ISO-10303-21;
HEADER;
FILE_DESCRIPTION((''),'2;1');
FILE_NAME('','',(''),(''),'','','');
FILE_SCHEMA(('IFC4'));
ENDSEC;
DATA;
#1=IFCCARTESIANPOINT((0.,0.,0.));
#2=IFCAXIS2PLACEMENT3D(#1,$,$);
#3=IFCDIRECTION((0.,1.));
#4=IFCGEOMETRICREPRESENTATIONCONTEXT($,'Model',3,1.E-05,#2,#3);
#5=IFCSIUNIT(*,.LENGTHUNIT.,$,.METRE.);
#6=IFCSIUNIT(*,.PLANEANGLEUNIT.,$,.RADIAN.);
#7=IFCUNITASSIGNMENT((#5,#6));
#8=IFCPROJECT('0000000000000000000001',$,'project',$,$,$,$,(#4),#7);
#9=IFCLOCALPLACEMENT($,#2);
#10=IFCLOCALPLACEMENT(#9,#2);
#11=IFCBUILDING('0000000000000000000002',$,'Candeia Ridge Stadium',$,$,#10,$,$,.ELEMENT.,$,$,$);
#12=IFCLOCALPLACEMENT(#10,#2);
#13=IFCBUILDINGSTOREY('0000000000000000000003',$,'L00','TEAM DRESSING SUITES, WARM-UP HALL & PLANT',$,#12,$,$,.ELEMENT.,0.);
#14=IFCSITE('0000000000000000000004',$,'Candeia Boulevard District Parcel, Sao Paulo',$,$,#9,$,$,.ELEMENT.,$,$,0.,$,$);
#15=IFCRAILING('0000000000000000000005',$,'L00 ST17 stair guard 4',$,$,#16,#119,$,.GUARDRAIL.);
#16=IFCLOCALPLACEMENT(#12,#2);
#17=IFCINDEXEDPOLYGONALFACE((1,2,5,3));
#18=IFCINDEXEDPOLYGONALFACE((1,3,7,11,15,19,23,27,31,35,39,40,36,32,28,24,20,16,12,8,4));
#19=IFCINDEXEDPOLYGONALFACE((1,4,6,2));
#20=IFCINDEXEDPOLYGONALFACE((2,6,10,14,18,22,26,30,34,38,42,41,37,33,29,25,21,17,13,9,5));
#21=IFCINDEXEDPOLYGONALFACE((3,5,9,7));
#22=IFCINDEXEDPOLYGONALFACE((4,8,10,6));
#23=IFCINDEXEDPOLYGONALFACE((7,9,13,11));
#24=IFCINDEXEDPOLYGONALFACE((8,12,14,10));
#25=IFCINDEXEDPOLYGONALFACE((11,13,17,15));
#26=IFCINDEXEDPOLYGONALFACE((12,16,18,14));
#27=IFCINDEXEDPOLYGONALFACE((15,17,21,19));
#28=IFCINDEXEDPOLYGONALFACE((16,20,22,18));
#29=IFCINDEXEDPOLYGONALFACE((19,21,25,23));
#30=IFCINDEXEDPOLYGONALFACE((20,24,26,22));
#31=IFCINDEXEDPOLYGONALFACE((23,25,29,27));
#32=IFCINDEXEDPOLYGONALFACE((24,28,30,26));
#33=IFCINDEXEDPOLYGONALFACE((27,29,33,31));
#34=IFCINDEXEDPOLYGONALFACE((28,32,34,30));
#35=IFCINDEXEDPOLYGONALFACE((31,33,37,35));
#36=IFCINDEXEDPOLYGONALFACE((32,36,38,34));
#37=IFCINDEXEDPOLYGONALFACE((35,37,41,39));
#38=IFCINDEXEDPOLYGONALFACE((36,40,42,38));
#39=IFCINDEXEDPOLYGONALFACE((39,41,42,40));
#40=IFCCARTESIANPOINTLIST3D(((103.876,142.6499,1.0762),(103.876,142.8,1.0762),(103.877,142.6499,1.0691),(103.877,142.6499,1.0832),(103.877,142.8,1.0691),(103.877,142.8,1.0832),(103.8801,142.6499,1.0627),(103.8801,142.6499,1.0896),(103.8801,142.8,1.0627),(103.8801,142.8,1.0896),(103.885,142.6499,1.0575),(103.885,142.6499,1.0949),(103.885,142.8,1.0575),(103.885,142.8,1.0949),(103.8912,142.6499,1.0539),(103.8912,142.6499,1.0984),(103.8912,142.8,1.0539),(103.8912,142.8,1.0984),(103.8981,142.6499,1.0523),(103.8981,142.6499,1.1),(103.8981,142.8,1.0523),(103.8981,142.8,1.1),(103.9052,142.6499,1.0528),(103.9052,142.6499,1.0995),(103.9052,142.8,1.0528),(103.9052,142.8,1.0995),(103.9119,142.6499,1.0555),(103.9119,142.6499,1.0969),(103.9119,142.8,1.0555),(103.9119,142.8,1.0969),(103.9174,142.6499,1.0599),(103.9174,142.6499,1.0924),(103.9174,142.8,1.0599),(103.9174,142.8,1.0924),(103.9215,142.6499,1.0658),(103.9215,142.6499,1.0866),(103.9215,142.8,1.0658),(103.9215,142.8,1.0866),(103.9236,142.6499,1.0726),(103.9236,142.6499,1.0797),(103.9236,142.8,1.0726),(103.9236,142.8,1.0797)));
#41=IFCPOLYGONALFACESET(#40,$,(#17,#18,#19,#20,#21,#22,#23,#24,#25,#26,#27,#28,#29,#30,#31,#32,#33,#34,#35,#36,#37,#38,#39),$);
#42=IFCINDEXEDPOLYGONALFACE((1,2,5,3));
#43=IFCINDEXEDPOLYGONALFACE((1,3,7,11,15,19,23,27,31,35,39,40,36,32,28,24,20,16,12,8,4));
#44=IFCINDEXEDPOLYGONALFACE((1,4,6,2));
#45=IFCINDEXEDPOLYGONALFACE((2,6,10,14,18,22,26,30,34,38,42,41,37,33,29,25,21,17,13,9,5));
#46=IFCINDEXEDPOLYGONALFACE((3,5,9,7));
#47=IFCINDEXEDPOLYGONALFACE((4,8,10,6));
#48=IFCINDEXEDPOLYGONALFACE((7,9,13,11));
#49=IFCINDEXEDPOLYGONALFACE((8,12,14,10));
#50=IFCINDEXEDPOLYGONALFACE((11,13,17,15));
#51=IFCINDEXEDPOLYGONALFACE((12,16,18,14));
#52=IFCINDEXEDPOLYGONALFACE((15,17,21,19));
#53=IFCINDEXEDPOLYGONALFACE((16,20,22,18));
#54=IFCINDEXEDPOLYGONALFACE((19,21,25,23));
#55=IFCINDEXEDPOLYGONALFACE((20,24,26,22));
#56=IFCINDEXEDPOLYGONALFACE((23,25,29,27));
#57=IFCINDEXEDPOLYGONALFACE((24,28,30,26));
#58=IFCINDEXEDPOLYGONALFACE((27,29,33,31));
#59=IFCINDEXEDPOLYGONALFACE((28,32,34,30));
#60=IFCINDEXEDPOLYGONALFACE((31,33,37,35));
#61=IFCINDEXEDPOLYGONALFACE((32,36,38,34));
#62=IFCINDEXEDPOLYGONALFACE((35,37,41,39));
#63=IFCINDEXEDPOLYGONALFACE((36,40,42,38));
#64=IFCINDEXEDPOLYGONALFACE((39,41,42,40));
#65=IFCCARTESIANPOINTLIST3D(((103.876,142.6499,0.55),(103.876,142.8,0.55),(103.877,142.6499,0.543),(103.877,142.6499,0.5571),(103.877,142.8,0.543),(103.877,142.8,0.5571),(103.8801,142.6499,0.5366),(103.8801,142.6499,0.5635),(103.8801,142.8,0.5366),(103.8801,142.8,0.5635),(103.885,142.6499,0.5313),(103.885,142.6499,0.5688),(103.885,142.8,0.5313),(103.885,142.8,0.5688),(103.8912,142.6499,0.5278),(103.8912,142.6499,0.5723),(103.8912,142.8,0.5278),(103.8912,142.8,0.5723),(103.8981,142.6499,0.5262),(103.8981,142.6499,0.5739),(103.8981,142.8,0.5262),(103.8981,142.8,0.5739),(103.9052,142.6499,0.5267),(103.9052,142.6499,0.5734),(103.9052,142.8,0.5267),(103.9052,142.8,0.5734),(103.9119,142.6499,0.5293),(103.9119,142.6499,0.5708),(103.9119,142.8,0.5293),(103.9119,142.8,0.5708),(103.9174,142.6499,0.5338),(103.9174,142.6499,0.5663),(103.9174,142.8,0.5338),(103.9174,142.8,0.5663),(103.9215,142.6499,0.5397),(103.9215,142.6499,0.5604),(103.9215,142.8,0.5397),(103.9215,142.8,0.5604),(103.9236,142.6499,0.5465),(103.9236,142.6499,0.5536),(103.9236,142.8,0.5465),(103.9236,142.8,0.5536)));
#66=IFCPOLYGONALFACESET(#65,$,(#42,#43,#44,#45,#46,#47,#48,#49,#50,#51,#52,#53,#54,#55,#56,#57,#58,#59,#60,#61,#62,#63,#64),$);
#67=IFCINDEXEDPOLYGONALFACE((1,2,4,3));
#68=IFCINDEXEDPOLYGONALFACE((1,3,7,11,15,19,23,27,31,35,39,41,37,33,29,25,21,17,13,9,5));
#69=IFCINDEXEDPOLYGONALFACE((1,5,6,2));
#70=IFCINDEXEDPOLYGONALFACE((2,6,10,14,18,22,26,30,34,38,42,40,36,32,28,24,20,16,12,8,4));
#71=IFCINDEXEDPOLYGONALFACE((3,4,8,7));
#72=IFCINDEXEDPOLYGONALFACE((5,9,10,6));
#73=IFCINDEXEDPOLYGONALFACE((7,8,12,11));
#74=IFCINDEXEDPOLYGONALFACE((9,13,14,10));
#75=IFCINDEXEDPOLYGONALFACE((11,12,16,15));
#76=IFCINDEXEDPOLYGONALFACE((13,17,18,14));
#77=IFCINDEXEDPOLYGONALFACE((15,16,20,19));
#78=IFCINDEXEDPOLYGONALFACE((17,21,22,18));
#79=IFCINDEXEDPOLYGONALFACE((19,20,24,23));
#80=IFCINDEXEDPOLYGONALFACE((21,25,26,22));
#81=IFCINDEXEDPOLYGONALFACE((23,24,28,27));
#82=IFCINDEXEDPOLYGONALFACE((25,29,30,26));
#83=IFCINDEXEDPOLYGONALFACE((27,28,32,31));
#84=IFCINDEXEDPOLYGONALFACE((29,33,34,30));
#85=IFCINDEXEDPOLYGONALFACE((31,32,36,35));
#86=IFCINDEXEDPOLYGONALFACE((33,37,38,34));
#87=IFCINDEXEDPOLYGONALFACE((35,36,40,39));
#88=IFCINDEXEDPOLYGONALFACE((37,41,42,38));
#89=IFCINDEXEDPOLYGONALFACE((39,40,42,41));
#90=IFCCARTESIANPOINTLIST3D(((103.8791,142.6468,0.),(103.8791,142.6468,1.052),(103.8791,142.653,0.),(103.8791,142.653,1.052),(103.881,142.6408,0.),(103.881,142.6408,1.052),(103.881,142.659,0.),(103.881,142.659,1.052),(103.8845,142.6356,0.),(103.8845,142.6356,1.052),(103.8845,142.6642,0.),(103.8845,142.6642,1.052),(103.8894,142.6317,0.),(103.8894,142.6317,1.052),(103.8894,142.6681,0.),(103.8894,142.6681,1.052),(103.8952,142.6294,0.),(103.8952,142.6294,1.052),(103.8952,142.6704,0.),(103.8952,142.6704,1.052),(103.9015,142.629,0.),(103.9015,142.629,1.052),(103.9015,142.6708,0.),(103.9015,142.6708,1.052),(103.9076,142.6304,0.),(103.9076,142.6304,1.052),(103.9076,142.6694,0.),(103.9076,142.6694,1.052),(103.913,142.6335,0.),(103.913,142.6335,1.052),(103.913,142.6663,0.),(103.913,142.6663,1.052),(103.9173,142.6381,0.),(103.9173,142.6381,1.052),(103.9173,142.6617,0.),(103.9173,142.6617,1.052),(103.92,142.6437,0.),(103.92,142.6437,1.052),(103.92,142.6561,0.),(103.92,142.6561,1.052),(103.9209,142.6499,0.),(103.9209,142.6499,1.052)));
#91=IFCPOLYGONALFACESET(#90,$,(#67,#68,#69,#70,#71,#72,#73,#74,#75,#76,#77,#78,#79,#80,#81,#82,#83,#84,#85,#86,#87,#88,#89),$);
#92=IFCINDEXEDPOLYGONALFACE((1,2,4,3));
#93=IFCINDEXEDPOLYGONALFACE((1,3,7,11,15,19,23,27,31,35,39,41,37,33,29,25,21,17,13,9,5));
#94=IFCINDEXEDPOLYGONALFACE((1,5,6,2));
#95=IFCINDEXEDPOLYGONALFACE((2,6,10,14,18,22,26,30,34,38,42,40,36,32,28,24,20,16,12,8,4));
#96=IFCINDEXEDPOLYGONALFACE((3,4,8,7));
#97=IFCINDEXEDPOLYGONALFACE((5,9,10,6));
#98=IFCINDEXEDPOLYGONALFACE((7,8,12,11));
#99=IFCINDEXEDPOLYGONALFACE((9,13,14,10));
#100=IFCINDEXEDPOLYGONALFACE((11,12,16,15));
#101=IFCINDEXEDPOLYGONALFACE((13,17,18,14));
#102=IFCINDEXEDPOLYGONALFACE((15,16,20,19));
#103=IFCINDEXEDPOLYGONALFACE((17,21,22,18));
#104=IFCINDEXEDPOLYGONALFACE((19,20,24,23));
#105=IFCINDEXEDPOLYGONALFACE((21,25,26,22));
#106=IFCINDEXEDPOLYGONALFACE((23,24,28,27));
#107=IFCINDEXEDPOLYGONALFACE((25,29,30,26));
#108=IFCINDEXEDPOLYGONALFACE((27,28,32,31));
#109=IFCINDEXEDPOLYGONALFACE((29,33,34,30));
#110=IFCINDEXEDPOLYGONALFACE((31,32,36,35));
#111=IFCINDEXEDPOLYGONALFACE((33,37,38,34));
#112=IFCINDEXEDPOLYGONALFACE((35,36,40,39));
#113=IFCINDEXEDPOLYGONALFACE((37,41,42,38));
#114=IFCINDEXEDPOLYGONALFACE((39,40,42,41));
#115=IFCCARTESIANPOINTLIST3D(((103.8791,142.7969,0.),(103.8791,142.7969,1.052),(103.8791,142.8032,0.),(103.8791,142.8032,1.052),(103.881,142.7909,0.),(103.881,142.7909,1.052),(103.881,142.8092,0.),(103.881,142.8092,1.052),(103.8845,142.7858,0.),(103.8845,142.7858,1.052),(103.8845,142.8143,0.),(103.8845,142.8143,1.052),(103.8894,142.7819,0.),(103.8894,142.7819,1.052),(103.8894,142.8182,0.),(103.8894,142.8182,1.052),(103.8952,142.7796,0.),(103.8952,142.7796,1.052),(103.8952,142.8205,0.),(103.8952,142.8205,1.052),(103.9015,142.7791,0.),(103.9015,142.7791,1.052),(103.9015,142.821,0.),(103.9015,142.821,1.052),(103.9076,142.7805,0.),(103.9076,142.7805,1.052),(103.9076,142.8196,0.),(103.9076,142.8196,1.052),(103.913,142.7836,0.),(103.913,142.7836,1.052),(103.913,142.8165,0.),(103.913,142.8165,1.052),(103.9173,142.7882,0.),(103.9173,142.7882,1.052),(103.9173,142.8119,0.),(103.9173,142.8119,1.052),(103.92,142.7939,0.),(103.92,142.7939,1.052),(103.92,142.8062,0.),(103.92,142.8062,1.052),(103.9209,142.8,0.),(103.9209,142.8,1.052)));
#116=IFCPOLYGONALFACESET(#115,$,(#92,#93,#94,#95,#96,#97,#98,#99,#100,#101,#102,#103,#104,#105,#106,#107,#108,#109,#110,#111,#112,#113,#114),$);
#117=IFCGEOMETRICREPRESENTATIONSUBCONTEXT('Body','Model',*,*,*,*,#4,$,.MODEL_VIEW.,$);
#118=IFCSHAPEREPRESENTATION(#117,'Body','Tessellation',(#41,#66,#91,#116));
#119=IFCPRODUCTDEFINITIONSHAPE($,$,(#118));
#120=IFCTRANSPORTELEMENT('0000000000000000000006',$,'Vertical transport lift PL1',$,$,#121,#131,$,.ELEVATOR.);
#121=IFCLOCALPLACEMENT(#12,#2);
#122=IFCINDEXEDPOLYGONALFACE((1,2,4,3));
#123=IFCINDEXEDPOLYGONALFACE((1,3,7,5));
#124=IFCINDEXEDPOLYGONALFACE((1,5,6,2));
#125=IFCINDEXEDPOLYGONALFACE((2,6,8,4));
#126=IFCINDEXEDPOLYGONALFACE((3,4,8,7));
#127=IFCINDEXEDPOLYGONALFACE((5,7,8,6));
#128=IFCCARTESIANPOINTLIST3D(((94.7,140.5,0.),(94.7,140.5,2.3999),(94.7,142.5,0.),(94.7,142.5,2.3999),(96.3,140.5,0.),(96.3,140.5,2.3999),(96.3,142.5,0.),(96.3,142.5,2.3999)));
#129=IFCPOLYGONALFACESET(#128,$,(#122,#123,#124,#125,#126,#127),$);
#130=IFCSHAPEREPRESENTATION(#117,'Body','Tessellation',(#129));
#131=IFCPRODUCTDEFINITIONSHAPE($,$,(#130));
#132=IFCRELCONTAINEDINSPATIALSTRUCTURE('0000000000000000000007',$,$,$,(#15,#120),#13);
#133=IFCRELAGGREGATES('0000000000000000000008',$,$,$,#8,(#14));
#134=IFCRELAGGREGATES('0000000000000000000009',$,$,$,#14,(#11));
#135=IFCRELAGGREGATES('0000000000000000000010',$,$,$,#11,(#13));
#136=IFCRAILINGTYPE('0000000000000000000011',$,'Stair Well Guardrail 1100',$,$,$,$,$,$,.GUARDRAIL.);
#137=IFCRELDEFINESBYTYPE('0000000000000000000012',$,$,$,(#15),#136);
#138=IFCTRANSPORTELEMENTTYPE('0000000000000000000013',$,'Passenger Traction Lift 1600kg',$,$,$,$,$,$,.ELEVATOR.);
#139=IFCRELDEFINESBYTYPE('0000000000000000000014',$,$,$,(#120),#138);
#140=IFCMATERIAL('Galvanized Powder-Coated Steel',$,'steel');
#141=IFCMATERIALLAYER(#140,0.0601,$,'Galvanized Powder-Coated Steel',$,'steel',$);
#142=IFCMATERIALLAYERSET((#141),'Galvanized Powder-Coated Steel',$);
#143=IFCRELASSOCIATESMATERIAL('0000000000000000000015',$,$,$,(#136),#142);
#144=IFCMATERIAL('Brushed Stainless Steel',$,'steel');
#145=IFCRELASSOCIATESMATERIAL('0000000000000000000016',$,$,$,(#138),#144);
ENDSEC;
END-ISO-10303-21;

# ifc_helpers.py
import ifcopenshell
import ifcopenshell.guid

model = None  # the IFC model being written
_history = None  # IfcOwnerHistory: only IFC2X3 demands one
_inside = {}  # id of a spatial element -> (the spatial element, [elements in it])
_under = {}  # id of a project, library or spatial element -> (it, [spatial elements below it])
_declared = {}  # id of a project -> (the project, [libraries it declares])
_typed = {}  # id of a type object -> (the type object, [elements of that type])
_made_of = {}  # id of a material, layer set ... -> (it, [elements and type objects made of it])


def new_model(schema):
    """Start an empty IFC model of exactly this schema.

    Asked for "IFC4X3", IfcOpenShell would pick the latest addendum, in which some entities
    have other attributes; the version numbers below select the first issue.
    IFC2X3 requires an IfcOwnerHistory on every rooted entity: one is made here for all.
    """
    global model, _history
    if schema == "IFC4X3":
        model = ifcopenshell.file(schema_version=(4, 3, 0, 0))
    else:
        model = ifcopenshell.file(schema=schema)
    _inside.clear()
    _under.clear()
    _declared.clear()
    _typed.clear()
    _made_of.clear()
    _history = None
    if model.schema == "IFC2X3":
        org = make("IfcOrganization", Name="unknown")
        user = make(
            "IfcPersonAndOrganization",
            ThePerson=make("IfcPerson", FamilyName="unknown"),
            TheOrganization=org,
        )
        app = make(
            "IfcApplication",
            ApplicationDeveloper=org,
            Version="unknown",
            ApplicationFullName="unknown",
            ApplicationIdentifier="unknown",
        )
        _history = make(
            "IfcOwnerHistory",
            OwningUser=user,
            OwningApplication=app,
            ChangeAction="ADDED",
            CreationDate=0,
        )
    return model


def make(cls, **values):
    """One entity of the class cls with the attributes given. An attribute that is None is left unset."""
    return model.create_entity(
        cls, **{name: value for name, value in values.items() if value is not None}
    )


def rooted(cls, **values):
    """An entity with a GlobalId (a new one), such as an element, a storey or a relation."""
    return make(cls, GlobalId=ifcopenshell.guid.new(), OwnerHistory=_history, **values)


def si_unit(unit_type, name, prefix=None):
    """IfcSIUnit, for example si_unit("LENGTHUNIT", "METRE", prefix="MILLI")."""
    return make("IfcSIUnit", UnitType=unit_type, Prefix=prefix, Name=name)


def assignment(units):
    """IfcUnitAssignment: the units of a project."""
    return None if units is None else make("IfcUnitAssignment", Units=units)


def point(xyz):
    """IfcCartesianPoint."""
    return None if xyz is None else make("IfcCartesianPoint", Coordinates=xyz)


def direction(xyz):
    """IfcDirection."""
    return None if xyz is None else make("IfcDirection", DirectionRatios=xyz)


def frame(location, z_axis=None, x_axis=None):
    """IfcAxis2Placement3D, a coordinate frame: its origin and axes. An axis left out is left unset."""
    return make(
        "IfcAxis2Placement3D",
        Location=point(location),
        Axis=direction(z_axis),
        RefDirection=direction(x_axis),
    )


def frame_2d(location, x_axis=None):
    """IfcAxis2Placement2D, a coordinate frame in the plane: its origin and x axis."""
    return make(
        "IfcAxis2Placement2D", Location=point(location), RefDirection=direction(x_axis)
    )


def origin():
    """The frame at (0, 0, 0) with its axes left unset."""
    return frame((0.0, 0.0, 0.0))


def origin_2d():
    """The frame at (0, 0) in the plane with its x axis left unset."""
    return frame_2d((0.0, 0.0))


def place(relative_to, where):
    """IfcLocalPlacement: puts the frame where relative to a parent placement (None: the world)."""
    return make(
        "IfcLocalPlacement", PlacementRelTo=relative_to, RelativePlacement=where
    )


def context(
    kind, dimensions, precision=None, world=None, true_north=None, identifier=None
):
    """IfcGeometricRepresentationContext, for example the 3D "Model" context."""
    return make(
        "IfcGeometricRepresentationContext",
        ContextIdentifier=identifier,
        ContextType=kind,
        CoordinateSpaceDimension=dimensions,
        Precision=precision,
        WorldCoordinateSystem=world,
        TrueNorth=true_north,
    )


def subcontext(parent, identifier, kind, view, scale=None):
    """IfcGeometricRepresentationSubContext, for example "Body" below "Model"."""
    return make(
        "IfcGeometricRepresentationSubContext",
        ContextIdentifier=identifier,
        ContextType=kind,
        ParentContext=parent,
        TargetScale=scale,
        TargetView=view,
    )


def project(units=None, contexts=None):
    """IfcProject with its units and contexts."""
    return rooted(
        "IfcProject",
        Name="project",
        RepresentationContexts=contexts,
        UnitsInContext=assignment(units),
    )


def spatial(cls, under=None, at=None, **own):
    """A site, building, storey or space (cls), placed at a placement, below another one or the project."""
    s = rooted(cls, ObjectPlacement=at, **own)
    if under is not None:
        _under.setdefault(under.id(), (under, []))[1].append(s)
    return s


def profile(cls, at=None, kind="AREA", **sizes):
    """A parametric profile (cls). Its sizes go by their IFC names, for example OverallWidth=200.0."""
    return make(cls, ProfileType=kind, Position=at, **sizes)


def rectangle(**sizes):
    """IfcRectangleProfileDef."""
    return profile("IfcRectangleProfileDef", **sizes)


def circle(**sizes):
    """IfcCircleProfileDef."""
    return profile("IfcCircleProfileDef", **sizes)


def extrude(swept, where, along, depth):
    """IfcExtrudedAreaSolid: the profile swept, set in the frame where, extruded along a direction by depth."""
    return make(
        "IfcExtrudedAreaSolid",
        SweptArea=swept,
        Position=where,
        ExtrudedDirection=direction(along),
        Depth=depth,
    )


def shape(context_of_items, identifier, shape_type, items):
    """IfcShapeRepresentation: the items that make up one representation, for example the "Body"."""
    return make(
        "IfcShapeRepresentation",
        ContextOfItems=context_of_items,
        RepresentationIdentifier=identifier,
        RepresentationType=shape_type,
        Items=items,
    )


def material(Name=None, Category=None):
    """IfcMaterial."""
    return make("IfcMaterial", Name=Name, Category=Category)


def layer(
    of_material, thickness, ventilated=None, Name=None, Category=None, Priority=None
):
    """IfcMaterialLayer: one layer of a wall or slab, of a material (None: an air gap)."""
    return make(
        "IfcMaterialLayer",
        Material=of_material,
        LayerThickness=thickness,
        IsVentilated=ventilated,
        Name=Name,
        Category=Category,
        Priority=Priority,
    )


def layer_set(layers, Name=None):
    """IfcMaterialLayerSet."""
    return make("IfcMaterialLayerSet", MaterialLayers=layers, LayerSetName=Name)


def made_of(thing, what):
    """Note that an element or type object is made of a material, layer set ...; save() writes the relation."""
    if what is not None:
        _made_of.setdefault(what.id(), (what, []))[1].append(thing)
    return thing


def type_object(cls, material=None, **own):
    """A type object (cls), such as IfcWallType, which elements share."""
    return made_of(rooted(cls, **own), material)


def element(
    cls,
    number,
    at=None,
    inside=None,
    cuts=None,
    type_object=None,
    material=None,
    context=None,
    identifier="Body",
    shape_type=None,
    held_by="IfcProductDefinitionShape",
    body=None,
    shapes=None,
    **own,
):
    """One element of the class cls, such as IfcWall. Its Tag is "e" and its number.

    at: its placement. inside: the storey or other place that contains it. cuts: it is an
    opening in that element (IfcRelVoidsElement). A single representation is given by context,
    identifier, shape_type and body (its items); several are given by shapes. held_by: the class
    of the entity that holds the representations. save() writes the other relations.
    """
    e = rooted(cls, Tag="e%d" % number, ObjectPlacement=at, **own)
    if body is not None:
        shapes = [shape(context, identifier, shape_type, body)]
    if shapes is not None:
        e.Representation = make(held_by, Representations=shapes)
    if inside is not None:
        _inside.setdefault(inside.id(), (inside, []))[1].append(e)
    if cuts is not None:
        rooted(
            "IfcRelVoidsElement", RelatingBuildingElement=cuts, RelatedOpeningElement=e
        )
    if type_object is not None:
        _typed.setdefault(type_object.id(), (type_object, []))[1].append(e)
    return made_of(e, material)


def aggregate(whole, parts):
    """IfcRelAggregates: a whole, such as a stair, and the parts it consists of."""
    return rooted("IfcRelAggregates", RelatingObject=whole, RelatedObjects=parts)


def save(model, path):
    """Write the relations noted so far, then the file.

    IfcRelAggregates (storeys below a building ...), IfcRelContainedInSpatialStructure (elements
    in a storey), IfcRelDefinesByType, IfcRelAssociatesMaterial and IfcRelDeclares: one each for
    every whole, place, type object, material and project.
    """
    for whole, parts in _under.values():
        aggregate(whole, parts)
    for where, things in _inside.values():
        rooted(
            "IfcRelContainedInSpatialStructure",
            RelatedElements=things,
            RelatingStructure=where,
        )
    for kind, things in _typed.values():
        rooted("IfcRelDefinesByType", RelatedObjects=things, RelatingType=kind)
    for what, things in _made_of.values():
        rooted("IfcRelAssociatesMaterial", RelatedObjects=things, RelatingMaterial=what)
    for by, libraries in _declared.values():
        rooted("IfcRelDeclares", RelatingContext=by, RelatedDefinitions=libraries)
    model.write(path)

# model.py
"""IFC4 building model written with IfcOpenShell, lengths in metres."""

from ifc_helpers import new_model, si_unit, direction, frame, origin, origin_2d, place, context, subcontext, project, spatial, rectangle, circle, extrude, material, layer, layer_set, type_object, element, save


model = new_model("IFC4")

# Units and contexts
model_context = context("Model", 3, precision=1e-05, world=origin(), true_north=direction((0.0, 1.0)))
body_context = subcontext(model_context, "Body", "Model", "MODEL_VIEW")
ifc_project = project(units=[si_unit("LENGTHUNIT", "METRE"), si_unit("PLANEANGLEUNIT", "RADIAN")], contexts=[model_context])

# Site, building, storey
site_placement = place(None, origin())
site = spatial("IfcSite", under=ifc_project, at=site_placement, Name="Candeia Boulevard District Parcel, Sao Paulo", CompositionType="ELEMENT", RefElevation=0.0)
building_placement = place(site_placement, origin())
building = spatial("IfcBuilding", under=site, at=building_placement, Name="Candeia Ridge Stadium", CompositionType="ELEMENT")
storey_placement = place(building_placement, origin())
storey = spatial("IfcBuildingStorey", under=building, at=storey_placement, Name="L00", Description="TEAM DRESSING SUITES, WARM-UP HALL & PLANT", CompositionType="ELEMENT", Elevation=0.0)

# Railing
ifc_material_1 = material(Name="Galvanized Powder-Coated Steel", Category="steel")
ifc_layer_1 = layer(ifc_material_1, 0.0601, Name="Galvanized Powder-Coated Steel", Category="steel")
ifc_layer_set_1 = layer_set([ifc_layer_1], Name="Galvanized Powder-Coated Steel")
railing_type = type_object("IfcRailingType", Name="Stair Well Guardrail 1100", PredefinedType="GUARDRAIL", material=ifc_layer_set_1)
railing_1_placement = place(storey_placement, frame((103.8999, 142.6499, 0.0)))
element("IfcRailing", 1, at=railing_1_placement, inside=storey, type_object=railing_type, Name="L00 ST17 stair guard 4", PredefinedType="GUARDRAIL", context=body_context, shape_type="SweptSolid", body=[
    extrude(circle(Radius=0.0239, at=origin_2d()), frame((0.0, 0.0, 1.0762), z_axis=(0.0, 1.0, 0.0), x_axis=(-1.0, 0.0, 0.0)), (0.0, 0.0, 1.0), 0.1501),
    extrude(circle(Radius=0.0239, at=origin_2d()), frame((0.0, 0.0, 0.55), z_axis=(0.0, 1.0, 0.0), x_axis=(-1.0, 0.0, 0.0)), (0.0, 0.0, 1.0), 0.1501),
    extrude(circle(Radius=0.021, at=origin_2d()), origin(), (0.0, 0.0, 1.0), 1.052),
    extrude(circle(Radius=0.021, at=origin_2d()), frame((0.0, 0.1501, 0.0)), (0.0, 0.0, 1.0), 1.052),
])

# Transport element
ifc_material_2 = material(Name="Brushed Stainless Steel", Category="steel")
transport_element_type = type_object("IfcTransportElementType", Name="Passenger Traction Lift 1600kg", PredefinedType="ELEVATOR", material=ifc_material_2)
transport_element_placement = place(storey_placement, frame((95.5, 141.5, 0.0), z_axis=(0.0, 0.0, 1.0), x_axis=(1.0, 0.0, 0.0)))
element("IfcTransportElement", 2, at=transport_element_placement, inside=storey, type_object=transport_element_type, Name="Vertical transport lift PL1", PredefinedType="ELEVATOR", context=body_context, shape_type="SweptSolid", body=[
    extrude(rectangle(XDim=1.6001, YDim=2.0, at=origin_2d()), origin(), (0.0, 0.0, 1.0), 2.3999),
])

save(model, "model.ifc")
